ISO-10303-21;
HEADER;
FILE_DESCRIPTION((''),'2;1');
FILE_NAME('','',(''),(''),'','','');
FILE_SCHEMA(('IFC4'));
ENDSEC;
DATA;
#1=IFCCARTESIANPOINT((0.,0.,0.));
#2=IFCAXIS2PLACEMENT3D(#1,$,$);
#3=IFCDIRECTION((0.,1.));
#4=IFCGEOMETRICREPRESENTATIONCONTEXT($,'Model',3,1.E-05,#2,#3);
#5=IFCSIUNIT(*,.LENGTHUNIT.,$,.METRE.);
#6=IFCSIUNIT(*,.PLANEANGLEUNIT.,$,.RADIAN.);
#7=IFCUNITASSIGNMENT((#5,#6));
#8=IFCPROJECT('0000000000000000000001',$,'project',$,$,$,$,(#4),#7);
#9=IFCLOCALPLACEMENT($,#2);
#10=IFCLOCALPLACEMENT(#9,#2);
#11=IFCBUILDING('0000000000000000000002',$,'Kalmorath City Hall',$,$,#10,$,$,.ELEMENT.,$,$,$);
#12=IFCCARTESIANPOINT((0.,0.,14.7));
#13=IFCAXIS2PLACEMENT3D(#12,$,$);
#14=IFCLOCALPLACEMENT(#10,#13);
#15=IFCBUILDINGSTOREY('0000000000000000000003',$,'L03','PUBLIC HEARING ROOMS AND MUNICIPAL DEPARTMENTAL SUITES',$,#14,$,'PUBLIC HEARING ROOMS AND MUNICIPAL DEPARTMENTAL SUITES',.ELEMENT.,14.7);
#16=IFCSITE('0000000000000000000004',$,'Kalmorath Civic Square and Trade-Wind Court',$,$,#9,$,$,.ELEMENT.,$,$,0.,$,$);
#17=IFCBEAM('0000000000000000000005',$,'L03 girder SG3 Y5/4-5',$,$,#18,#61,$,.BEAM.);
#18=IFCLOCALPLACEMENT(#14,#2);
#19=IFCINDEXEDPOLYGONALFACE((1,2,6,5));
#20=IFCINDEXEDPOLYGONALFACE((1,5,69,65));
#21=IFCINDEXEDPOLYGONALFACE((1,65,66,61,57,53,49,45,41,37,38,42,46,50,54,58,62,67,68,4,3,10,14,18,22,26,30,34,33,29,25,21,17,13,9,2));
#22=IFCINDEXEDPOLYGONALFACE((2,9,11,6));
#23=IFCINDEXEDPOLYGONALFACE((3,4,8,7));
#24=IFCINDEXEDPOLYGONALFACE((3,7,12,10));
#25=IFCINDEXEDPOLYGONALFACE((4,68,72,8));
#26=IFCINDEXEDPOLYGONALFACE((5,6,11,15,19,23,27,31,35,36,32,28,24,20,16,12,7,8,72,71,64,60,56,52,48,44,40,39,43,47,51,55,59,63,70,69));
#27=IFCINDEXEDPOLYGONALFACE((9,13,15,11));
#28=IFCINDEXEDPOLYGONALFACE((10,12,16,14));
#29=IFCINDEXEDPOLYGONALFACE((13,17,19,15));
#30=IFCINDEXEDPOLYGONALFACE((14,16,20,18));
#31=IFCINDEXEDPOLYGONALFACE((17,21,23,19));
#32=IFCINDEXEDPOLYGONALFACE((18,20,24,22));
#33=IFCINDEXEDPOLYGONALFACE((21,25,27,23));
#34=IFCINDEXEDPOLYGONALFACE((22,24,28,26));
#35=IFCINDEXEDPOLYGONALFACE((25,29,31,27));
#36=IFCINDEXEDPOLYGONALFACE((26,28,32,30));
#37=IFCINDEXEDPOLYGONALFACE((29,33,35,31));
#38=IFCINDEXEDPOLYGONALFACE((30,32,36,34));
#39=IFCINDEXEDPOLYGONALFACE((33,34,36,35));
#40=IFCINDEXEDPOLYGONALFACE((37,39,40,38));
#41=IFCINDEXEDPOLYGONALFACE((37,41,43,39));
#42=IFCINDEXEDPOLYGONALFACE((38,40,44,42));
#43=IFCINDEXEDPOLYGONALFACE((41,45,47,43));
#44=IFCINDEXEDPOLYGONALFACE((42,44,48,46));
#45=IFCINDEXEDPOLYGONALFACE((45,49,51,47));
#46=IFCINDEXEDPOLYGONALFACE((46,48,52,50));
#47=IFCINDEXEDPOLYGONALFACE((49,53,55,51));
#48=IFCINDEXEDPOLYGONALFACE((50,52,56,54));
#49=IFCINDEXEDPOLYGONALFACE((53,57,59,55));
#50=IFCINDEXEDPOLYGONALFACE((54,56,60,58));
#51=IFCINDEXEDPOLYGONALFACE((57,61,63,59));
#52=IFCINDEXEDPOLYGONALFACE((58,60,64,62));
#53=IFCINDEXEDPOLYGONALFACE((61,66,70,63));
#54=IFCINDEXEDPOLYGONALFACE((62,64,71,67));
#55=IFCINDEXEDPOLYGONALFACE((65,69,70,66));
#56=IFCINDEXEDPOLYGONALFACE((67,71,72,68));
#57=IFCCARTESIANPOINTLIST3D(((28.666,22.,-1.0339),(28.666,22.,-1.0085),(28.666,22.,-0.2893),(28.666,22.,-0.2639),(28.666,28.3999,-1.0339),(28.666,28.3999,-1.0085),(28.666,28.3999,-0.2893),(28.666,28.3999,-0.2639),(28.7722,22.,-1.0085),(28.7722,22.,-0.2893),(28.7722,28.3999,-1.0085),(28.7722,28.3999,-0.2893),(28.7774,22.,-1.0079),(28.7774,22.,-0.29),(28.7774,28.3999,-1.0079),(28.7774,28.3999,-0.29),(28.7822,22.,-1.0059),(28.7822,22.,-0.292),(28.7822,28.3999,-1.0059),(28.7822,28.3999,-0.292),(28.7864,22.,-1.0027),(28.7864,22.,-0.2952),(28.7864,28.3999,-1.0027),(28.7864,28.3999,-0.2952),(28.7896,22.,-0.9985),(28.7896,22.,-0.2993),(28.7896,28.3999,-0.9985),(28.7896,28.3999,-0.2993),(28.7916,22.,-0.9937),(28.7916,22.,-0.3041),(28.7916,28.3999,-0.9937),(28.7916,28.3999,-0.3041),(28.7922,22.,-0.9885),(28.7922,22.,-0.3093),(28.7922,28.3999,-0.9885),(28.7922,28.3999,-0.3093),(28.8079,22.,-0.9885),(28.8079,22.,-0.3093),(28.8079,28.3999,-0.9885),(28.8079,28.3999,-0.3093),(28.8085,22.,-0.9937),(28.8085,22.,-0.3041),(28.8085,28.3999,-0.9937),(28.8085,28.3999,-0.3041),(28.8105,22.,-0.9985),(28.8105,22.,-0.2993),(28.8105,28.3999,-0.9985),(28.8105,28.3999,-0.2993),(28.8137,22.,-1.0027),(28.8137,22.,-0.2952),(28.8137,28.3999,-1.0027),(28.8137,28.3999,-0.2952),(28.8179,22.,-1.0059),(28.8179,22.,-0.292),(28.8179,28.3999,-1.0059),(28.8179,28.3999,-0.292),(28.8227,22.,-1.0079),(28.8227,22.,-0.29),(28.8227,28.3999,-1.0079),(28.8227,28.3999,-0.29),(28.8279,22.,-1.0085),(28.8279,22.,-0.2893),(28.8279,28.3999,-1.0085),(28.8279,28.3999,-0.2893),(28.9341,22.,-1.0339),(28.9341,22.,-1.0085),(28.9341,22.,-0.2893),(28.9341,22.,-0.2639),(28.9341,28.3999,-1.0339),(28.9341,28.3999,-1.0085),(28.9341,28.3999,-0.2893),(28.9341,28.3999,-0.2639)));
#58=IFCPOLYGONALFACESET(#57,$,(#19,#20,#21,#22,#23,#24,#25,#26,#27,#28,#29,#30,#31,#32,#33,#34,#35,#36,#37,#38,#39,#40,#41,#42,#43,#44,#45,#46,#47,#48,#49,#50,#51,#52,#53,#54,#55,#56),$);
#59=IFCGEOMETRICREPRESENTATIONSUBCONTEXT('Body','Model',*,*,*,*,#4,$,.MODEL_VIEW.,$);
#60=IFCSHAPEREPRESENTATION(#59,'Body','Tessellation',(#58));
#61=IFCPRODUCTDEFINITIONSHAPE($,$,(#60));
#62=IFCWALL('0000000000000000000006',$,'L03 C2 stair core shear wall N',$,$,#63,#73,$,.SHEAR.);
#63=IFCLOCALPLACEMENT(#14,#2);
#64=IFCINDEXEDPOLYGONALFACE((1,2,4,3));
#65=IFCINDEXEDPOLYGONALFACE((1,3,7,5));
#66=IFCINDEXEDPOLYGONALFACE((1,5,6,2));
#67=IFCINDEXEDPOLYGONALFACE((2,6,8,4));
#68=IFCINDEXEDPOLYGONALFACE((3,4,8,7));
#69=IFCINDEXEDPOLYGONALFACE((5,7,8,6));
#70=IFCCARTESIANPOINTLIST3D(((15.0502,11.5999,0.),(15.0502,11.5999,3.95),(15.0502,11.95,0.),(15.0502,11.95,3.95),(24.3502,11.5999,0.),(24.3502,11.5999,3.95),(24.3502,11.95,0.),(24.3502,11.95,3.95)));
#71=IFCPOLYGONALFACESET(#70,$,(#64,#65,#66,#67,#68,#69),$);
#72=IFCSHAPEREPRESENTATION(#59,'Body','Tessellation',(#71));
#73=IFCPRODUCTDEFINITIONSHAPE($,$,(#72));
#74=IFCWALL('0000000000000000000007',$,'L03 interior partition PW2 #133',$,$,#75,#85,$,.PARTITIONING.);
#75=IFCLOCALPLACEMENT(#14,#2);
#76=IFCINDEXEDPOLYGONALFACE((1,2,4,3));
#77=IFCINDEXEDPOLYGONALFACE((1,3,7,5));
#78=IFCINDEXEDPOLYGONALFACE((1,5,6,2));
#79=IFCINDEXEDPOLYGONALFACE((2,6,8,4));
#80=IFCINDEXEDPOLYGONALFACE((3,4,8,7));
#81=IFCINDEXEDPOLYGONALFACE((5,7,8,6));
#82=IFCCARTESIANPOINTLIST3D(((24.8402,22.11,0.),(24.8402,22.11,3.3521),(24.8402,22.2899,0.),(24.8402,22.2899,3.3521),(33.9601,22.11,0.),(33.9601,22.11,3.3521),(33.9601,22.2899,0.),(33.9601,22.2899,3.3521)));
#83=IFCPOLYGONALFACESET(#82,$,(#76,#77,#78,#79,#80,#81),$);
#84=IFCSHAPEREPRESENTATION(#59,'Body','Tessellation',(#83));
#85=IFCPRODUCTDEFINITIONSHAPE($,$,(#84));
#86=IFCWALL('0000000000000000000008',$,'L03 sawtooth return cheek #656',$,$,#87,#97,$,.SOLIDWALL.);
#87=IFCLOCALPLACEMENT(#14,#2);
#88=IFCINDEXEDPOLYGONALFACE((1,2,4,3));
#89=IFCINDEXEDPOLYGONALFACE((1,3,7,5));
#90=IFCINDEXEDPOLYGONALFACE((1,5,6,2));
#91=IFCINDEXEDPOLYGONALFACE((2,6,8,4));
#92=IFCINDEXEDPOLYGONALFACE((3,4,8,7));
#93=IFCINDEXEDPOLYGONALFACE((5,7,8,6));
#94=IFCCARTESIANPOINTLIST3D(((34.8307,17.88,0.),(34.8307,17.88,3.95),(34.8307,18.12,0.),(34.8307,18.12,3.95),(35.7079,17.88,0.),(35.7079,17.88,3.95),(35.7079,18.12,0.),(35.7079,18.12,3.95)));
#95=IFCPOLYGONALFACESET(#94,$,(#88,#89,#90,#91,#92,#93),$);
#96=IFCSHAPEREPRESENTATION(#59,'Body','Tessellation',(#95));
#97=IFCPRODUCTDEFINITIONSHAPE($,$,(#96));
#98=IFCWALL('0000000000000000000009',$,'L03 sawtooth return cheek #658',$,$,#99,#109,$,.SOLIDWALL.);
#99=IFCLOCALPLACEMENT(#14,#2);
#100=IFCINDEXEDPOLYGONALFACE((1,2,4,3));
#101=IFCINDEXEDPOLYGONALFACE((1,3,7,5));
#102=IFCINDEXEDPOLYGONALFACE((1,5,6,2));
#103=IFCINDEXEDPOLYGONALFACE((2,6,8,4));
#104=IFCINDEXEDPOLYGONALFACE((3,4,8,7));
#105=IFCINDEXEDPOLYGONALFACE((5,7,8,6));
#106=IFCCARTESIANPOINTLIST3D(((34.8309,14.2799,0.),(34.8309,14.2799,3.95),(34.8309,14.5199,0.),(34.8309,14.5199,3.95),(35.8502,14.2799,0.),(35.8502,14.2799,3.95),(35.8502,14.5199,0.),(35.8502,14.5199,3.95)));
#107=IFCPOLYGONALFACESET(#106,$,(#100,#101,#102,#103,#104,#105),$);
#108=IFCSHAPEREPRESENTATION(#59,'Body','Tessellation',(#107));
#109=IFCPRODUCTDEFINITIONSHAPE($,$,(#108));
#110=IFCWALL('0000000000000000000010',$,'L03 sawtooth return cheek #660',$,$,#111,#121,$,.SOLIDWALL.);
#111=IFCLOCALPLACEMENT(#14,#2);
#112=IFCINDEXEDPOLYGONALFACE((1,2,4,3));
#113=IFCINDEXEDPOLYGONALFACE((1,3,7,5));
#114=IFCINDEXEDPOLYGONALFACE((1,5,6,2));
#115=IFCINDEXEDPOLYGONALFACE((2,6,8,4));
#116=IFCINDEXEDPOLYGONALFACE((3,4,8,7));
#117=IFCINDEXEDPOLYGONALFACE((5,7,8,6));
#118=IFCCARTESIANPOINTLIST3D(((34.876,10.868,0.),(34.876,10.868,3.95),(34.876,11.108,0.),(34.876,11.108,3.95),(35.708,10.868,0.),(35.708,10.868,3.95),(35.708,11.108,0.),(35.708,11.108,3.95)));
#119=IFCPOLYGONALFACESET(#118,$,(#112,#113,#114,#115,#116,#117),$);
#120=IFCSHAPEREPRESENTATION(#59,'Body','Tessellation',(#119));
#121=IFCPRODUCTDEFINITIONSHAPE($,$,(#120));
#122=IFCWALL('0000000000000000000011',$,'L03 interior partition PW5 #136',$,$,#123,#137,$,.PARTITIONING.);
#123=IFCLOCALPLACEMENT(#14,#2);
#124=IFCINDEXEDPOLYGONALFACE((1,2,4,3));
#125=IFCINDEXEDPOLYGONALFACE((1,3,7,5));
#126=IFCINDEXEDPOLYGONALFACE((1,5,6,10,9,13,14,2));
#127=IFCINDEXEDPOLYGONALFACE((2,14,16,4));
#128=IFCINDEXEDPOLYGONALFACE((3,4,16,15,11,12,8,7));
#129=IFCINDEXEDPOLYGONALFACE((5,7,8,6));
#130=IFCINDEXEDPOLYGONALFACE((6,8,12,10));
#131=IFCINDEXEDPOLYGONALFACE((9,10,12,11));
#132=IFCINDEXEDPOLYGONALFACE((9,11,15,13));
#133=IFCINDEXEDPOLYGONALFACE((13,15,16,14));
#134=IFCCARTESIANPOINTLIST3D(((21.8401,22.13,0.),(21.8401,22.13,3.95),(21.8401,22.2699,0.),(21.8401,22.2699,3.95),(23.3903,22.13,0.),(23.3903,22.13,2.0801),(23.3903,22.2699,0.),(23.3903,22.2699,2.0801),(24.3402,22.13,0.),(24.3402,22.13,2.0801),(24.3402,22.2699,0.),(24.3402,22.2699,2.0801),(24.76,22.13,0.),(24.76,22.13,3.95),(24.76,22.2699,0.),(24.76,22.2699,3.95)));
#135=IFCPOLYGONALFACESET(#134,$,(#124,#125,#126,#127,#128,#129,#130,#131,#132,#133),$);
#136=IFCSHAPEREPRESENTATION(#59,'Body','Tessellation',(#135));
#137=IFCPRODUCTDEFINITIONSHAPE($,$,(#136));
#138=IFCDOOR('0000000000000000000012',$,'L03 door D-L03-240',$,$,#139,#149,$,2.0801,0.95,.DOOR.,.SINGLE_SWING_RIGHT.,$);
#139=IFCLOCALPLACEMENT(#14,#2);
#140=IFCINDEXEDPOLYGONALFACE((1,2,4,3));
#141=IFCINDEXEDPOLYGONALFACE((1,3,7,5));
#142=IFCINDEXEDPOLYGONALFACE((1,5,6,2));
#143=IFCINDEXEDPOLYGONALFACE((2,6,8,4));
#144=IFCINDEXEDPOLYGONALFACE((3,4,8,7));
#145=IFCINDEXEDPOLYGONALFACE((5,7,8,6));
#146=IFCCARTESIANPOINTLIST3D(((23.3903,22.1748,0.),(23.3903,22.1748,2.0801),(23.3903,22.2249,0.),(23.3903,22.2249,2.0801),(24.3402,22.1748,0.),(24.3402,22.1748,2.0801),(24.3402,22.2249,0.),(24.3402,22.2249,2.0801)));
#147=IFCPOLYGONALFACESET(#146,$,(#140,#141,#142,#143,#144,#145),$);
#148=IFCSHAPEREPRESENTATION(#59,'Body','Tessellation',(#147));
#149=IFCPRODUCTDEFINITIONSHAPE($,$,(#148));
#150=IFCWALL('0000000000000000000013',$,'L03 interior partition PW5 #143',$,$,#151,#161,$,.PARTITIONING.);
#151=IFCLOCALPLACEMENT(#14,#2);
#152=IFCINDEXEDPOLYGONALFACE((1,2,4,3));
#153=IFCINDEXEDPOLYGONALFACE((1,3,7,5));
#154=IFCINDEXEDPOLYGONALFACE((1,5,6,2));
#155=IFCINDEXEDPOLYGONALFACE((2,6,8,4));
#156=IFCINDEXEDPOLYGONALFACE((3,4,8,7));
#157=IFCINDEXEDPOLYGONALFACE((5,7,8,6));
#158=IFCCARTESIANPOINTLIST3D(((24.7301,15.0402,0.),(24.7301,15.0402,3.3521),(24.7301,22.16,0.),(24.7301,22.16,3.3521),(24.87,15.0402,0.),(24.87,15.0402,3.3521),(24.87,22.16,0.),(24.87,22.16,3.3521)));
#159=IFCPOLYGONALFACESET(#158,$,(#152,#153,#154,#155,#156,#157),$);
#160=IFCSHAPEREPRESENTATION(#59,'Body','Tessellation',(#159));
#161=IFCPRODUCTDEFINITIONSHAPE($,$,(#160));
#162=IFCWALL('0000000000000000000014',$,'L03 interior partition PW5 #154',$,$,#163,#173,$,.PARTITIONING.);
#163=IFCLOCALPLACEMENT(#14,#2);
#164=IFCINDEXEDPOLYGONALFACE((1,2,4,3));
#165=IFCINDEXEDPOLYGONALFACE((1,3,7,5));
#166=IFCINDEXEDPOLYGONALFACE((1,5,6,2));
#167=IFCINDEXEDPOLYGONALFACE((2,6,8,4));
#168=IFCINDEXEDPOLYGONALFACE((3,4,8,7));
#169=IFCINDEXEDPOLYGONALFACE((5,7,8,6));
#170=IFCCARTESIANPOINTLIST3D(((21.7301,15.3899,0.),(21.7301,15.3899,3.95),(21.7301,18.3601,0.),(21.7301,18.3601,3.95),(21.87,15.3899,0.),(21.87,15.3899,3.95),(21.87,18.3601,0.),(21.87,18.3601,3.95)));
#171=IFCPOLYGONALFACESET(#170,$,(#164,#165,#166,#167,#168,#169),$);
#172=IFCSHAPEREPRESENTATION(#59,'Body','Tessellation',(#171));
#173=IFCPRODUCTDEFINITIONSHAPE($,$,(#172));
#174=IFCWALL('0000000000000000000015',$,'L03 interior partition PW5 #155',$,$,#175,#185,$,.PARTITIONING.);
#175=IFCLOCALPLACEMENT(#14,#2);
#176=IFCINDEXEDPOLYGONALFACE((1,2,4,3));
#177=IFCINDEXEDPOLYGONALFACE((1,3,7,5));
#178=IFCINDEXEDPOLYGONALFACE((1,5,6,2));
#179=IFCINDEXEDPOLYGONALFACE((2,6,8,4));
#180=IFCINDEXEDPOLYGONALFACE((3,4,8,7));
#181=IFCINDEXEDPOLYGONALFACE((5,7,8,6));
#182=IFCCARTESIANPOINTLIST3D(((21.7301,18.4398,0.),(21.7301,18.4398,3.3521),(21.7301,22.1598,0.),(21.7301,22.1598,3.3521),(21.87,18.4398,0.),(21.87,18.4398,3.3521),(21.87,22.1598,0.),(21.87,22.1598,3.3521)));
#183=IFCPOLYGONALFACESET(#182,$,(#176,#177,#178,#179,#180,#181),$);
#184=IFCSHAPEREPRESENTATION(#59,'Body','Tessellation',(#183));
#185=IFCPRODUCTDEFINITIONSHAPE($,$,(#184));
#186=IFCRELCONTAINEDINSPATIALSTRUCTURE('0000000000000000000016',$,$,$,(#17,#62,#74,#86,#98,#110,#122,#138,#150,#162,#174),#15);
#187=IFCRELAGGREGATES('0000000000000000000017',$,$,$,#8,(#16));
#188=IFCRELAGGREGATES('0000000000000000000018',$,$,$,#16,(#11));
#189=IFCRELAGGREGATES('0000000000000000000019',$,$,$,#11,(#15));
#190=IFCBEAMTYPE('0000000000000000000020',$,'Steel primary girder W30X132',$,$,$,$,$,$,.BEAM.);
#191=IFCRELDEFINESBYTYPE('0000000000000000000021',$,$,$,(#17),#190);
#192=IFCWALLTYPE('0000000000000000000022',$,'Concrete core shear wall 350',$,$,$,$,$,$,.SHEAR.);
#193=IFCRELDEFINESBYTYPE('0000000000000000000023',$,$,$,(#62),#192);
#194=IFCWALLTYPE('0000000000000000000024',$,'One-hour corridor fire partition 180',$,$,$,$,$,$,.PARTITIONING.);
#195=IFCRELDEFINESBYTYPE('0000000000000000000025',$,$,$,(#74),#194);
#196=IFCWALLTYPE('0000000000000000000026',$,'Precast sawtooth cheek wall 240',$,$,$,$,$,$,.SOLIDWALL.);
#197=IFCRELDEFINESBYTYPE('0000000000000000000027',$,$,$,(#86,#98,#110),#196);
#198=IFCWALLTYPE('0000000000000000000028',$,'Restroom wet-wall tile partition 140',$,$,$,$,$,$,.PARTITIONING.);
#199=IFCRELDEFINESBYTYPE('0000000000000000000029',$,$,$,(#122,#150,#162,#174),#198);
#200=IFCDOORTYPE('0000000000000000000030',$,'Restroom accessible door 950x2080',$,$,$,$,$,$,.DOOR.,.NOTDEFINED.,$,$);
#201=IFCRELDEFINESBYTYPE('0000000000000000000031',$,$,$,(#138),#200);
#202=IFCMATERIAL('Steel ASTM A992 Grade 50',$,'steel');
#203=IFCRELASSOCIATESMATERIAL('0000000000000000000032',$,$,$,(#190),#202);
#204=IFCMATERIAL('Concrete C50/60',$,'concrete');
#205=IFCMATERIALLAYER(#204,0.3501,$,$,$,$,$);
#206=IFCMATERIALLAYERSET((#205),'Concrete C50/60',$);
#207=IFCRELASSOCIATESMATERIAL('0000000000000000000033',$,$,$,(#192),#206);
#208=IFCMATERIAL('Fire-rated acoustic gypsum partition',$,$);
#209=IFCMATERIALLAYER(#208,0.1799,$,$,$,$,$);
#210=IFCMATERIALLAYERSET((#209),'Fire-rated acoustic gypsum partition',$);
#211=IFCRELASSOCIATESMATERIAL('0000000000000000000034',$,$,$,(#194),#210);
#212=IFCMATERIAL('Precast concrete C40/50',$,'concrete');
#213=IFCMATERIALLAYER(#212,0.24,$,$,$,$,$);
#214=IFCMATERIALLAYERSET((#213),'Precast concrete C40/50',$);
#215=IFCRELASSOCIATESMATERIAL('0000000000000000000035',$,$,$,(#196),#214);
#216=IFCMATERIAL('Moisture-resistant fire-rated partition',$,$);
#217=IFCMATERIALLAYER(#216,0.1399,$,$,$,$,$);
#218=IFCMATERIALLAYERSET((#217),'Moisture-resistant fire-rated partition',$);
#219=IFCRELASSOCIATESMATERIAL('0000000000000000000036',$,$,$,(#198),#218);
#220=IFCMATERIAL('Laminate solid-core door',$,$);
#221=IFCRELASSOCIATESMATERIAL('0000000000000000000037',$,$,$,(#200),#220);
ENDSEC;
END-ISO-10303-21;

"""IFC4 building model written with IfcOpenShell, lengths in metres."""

from ifc_helpers import new_model, si_unit, direction, frame, frame_2d, origin, origin_2d, place, context, subcontext, project, spatial, rectangle, i_section, extrude, material, layer, layer_set, material_profile, profile_set, type_object, element, fill, save


model = new_model("IFC4")

# Units and contexts
model_context = context("Model", 3, precision=1e-05, world=origin(), true_north=direction((0.0, 1.0)))
body_context = subcontext(model_context, "Body", "Model", "MODEL_VIEW")
ifc_project = project(units=[si_unit("LENGTHUNIT", "METRE"), si_unit("PLANEANGLEUNIT", "RADIAN")], contexts=[model_context])

# Site, building, storey
site_placement = place(None, origin())
site = spatial("IfcSite", under=ifc_project, at=site_placement, Name="Kalmorath Civic Square and Trade-Wind Court", CompositionType="ELEMENT", RefElevation=0.0)
building_placement = place(site_placement, origin())
building = spatial("IfcBuilding", under=site, at=building_placement, Name="Kalmorath City Hall", CompositionType="ELEMENT")
storey_placement = place(building_placement, frame((0.0, 0.0, 14.7)))
storey = spatial("IfcBuildingStorey", under=building, at=storey_placement, Name="L03", Description="PUBLIC HEARING ROOMS AND MUNICIPAL DEPARTMENTAL SUITES", LongName="PUBLIC HEARING ROOMS AND MUNICIPAL DEPARTMENTAL SUITES", CompositionType="ELEMENT", Elevation=14.7)

# Beam
ifc_material_1 = material(Name="Steel ASTM A992 Grade 50", Category="steel")
ifc_material_profile_1 = material_profile(ifc_material_1, i_section(OverallWidth=0.2681, OverallDepth=0.77, WebThickness=0.0156, FlangeThickness=0.0254, FilletRadius=0.02, at=origin_2d()), Name="W30X132")
ifc_profile_set_1 = profile_set([ifc_material_profile_1], Name="Steel ASTM A992 Grade 50")
beam_type_1 = type_object("IfcBeamType", Name="Steel primary girder W30X132", PredefinedType="BEAM", material=ifc_profile_set_1)
for number, where, z_axis, x_axis, name in (
    (1, (28.8, 22.0, -0.6489), (0.0, 1.0, 0.0), (-1.0, 0.0, 0.0), "L03 girder SG3 Y5/4-5"),
):
    element("IfcBeam", number, at=place(storey_placement, frame(where, z_axis=z_axis, x_axis=x_axis)), inside=storey, type_object=beam_type_1, Name=name, PredefinedType="BEAM", context=body_context, shape_type="SweptSolid", body=[
        extrude(i_section(OverallWidth=0.2681, OverallDepth=0.77, WebThickness=0.0156, FlangeThickness=0.0254, FilletRadius=0.02, at=origin_2d()), origin(), (0.0, 0.0, 1.0), 6.3999),
    ])

# Walls
ifc_material_2 = material(Name="Concrete C50/60", Category="concrete")
ifc_layer_1 = layer(ifc_material_2, 0.3501)
ifc_layer_set_1 = layer_set([ifc_layer_1], Name="Concrete C50/60")
wall_type_1 = type_object("IfcWallType", Name="Concrete core shear wall 350", PredefinedType="SHEAR", material=ifc_layer_set_1)
wall_1_placement = place(storey_placement, frame((24.3501, 11.7749, 0.0), z_axis=(0.0, 0.0, 1.0), x_axis=(-1.0, 0.0, 0.0)))
element("IfcWall", 2, at=wall_1_placement, inside=storey, type_object=wall_type_1, Name="L03 C2 stair core shear wall N", PredefinedType="SHEAR", context=body_context, shape_type="SweptSolid", body=[
    extrude(rectangle(XDim=9.3, YDim=0.3501, at=frame_2d((4.6499, 0.0))), origin(), (0.0, 0.0, 1.0), 3.95),
])
ifc_material_3 = material(Name="Fire-rated acoustic gypsum partition")
ifc_layer_2 = layer(ifc_material_3, 0.1799)
ifc_layer_set_2 = layer_set([ifc_layer_2], Name="Fire-rated acoustic gypsum partition")
wall_type_2 = type_object("IfcWallType", Name="One-hour corridor fire partition 180", PredefinedType="PARTITIONING", material=ifc_layer_set_2)
wall_2_placement = place(storey_placement, frame((24.8401, 22.2, 0.0), z_axis=(0.0, 0.0, 1.0), x_axis=(1.0, 0.0, 0.0)))
element("IfcWall", 3, at=wall_2_placement, inside=storey, type_object=wall_type_2, Name="L03 interior partition PW2 #133", PredefinedType="PARTITIONING", context=body_context, shape_type="SweptSolid", body=[
    extrude(rectangle(XDim=9.1199, YDim=0.1799, at=frame_2d((4.5601, 0.0))), origin(), (0.0, 0.0, 1.0), 3.3521),
])
ifc_material_4 = material(Name="Precast concrete C40/50", Category="concrete")
ifc_layer_3 = layer(ifc_material_4, 0.24)
ifc_layer_set_3 = layer_set([ifc_layer_3], Name="Precast concrete C40/50")
wall_type_3 = type_object("IfcWallType", Name="Precast sawtooth cheek wall 240", PredefinedType="SOLIDWALL", material=ifc_layer_set_3)
wall_3_placement = place(storey_placement, frame((34.8308, 18.0, 0.0), z_axis=(0.0, 0.0, 1.0), x_axis=(1.0, 0.0, 0.0)))
element("IfcWall", 4, at=wall_3_placement, inside=storey, type_object=wall_type_3, Name="L03 sawtooth return cheek #656", PredefinedType="SOLIDWALL", context=body_context, shape_type="SweptSolid", body=[
    extrude(rectangle(XDim=0.8772, YDim=0.24, at=frame_2d((0.4385, 0.0))), origin(), (0.0, 0.0, 1.0), 3.95),
])
wall_4_placement = place(storey_placement, frame((34.8308, 14.3999, 0.0), z_axis=(0.0, 0.0, 1.0), x_axis=(1.0, 0.0, 0.0)))
element("IfcWall", 5, at=wall_4_placement, inside=storey, type_object=wall_type_3, Name="L03 sawtooth return cheek #658", PredefinedType="SOLIDWALL", context=body_context, shape_type="SweptSolid", body=[
    extrude(rectangle(XDim=1.0193, YDim=0.24, at=frame_2d((0.5098, 0.0))), origin(), (0.0, 0.0, 1.0), 3.95),
])
wall_5_placement = place(storey_placement, frame((34.876, 10.988, 0.0), z_axis=(0.0, 0.0, 1.0), x_axis=(1.0, 0.0, 0.0)))
element("IfcWall", 6, at=wall_5_placement, inside=storey, type_object=wall_type_3, Name="L03 sawtooth return cheek #660", PredefinedType="SOLIDWALL", context=body_context, shape_type="SweptSolid", body=[
    extrude(rectangle(XDim=0.832, YDim=0.24, at=frame_2d((0.416, 0.0))), origin(), (0.0, 0.0, 1.0), 3.95),
])

# Wall, opening, door
ifc_material_5 = material(Name="Moisture-resistant fire-rated partition")
ifc_layer_4 = layer(ifc_material_5, 0.1399)
ifc_layer_set_4 = layer_set([ifc_layer_4], Name="Moisture-resistant fire-rated partition")
wall_type_4 = type_object("IfcWallType", Name="Restroom wet-wall tile partition 140", PredefinedType="PARTITIONING", material=ifc_layer_set_4)
wall_6_placement = place(storey_placement, frame((21.8401, 22.2, 0.0), z_axis=(0.0, 0.0, 1.0), x_axis=(1.0, 0.0, 0.0)))
wall_6 = element("IfcWall", 7, at=wall_6_placement, inside=storey, type_object=wall_type_4, Name="L03 interior partition PW5 #136", PredefinedType="PARTITIONING", context=body_context, shape_type="SweptSolid", body=[
    extrude(rectangle(XDim=2.9199, YDim=0.1399, at=frame_2d((1.46, 0.0))), origin(), (0.0, 0.0, 1.0), 3.95),
])
opening_placement = place(wall_6_placement, frame((1.55, 0.0, 0.0)))
opening = element("IfcOpeningElement", 8, at=opening_placement, cuts=wall_6, PredefinedType="OPENING", context=body_context, shape_type="SweptSolid", body=[
    extrude(rectangle(XDim=0.95, YDim=2.0801, at=frame_2d((0.4751, 1.04))), frame((0.0, 0.0798, 0.0), z_axis=(0.0, -1.0, 0.0), x_axis=(1.0, 0.0, 0.0)), (0.0, 0.0, 1.0), 0.1599),
])
ifc_material_6 = material(Name="Laminate solid-core door")
door_type = type_object("IfcDoorType", Name="Restroom accessible door 950x2080", OperationType="NOTDEFINED", PredefinedType="DOOR", material=ifc_material_6)
door_placement = place(opening_placement, origin())
door = element("IfcDoor", 9, at=door_placement, inside=storey, type_object=door_type, Name="L03 door D-L03-240", OperationType="SINGLE_SWING_RIGHT", OverallHeight=2.0801, OverallWidth=0.95, PredefinedType="DOOR", context=body_context, shape_type="SweptSolid", body=[
    extrude(rectangle(XDim=0.95, YDim=2.0801, at=frame_2d((0.4751, 1.04))), frame((0.0, 0.0249, 0.0), z_axis=(0.0, -1.0, 0.0), x_axis=(1.0, 0.0, 0.0)), (0.0, 0.0, 1.0), 0.05),
])
fill(opening, door)

# Walls
wall_7_placement = place(storey_placement, frame((24.8, 15.04, 0.0), z_axis=(0.0, 0.0, 1.0), x_axis=(0.0, 1.0, 0.0)))
element("IfcWall", 10, at=wall_7_placement, inside=storey, type_object=wall_type_4, Name="L03 interior partition PW5 #143", PredefinedType="PARTITIONING", context=body_context, shape_type="SweptSolid", body=[
    extrude(rectangle(XDim=7.1199, YDim=0.1399, at=frame_2d((3.5601, 0.0))), origin(), (0.0, 0.0, 1.0), 3.3521),
])
wall_8_placement = place(storey_placement, frame((21.8, 15.3899, 0.0), z_axis=(0.0, 0.0, 1.0), x_axis=(0.0, 1.0, 0.0)))
element("IfcWall", 11, at=wall_8_placement, inside=storey, type_object=wall_type_4, Name="L03 interior partition PW5 #154", PredefinedType="PARTITIONING", context=body_context, shape_type="SweptSolid", body=[
    extrude(rectangle(XDim=2.9702, YDim=0.1399, at=frame_2d((1.4851, 0.0))), origin(), (0.0, 0.0, 1.0), 3.95),
])
wall_9_placement = place(storey_placement, frame((21.8, 18.4399, 0.0), z_axis=(0.0, 0.0, 1.0), x_axis=(0.0, 1.0, 0.0)))
element("IfcWall", 12, at=wall_9_placement, inside=storey, type_object=wall_type_4, Name="L03 interior partition PW5 #155", PredefinedType="PARTITIONING", context=body_context, shape_type="SweptSolid", body=[
    extrude(rectangle(XDim=3.72, YDim=0.1399, at=frame_2d((1.8599, 0.0))), origin(), (0.0, 0.0, 1.0), 3.3521),
])

save(model, "model.ifc")
